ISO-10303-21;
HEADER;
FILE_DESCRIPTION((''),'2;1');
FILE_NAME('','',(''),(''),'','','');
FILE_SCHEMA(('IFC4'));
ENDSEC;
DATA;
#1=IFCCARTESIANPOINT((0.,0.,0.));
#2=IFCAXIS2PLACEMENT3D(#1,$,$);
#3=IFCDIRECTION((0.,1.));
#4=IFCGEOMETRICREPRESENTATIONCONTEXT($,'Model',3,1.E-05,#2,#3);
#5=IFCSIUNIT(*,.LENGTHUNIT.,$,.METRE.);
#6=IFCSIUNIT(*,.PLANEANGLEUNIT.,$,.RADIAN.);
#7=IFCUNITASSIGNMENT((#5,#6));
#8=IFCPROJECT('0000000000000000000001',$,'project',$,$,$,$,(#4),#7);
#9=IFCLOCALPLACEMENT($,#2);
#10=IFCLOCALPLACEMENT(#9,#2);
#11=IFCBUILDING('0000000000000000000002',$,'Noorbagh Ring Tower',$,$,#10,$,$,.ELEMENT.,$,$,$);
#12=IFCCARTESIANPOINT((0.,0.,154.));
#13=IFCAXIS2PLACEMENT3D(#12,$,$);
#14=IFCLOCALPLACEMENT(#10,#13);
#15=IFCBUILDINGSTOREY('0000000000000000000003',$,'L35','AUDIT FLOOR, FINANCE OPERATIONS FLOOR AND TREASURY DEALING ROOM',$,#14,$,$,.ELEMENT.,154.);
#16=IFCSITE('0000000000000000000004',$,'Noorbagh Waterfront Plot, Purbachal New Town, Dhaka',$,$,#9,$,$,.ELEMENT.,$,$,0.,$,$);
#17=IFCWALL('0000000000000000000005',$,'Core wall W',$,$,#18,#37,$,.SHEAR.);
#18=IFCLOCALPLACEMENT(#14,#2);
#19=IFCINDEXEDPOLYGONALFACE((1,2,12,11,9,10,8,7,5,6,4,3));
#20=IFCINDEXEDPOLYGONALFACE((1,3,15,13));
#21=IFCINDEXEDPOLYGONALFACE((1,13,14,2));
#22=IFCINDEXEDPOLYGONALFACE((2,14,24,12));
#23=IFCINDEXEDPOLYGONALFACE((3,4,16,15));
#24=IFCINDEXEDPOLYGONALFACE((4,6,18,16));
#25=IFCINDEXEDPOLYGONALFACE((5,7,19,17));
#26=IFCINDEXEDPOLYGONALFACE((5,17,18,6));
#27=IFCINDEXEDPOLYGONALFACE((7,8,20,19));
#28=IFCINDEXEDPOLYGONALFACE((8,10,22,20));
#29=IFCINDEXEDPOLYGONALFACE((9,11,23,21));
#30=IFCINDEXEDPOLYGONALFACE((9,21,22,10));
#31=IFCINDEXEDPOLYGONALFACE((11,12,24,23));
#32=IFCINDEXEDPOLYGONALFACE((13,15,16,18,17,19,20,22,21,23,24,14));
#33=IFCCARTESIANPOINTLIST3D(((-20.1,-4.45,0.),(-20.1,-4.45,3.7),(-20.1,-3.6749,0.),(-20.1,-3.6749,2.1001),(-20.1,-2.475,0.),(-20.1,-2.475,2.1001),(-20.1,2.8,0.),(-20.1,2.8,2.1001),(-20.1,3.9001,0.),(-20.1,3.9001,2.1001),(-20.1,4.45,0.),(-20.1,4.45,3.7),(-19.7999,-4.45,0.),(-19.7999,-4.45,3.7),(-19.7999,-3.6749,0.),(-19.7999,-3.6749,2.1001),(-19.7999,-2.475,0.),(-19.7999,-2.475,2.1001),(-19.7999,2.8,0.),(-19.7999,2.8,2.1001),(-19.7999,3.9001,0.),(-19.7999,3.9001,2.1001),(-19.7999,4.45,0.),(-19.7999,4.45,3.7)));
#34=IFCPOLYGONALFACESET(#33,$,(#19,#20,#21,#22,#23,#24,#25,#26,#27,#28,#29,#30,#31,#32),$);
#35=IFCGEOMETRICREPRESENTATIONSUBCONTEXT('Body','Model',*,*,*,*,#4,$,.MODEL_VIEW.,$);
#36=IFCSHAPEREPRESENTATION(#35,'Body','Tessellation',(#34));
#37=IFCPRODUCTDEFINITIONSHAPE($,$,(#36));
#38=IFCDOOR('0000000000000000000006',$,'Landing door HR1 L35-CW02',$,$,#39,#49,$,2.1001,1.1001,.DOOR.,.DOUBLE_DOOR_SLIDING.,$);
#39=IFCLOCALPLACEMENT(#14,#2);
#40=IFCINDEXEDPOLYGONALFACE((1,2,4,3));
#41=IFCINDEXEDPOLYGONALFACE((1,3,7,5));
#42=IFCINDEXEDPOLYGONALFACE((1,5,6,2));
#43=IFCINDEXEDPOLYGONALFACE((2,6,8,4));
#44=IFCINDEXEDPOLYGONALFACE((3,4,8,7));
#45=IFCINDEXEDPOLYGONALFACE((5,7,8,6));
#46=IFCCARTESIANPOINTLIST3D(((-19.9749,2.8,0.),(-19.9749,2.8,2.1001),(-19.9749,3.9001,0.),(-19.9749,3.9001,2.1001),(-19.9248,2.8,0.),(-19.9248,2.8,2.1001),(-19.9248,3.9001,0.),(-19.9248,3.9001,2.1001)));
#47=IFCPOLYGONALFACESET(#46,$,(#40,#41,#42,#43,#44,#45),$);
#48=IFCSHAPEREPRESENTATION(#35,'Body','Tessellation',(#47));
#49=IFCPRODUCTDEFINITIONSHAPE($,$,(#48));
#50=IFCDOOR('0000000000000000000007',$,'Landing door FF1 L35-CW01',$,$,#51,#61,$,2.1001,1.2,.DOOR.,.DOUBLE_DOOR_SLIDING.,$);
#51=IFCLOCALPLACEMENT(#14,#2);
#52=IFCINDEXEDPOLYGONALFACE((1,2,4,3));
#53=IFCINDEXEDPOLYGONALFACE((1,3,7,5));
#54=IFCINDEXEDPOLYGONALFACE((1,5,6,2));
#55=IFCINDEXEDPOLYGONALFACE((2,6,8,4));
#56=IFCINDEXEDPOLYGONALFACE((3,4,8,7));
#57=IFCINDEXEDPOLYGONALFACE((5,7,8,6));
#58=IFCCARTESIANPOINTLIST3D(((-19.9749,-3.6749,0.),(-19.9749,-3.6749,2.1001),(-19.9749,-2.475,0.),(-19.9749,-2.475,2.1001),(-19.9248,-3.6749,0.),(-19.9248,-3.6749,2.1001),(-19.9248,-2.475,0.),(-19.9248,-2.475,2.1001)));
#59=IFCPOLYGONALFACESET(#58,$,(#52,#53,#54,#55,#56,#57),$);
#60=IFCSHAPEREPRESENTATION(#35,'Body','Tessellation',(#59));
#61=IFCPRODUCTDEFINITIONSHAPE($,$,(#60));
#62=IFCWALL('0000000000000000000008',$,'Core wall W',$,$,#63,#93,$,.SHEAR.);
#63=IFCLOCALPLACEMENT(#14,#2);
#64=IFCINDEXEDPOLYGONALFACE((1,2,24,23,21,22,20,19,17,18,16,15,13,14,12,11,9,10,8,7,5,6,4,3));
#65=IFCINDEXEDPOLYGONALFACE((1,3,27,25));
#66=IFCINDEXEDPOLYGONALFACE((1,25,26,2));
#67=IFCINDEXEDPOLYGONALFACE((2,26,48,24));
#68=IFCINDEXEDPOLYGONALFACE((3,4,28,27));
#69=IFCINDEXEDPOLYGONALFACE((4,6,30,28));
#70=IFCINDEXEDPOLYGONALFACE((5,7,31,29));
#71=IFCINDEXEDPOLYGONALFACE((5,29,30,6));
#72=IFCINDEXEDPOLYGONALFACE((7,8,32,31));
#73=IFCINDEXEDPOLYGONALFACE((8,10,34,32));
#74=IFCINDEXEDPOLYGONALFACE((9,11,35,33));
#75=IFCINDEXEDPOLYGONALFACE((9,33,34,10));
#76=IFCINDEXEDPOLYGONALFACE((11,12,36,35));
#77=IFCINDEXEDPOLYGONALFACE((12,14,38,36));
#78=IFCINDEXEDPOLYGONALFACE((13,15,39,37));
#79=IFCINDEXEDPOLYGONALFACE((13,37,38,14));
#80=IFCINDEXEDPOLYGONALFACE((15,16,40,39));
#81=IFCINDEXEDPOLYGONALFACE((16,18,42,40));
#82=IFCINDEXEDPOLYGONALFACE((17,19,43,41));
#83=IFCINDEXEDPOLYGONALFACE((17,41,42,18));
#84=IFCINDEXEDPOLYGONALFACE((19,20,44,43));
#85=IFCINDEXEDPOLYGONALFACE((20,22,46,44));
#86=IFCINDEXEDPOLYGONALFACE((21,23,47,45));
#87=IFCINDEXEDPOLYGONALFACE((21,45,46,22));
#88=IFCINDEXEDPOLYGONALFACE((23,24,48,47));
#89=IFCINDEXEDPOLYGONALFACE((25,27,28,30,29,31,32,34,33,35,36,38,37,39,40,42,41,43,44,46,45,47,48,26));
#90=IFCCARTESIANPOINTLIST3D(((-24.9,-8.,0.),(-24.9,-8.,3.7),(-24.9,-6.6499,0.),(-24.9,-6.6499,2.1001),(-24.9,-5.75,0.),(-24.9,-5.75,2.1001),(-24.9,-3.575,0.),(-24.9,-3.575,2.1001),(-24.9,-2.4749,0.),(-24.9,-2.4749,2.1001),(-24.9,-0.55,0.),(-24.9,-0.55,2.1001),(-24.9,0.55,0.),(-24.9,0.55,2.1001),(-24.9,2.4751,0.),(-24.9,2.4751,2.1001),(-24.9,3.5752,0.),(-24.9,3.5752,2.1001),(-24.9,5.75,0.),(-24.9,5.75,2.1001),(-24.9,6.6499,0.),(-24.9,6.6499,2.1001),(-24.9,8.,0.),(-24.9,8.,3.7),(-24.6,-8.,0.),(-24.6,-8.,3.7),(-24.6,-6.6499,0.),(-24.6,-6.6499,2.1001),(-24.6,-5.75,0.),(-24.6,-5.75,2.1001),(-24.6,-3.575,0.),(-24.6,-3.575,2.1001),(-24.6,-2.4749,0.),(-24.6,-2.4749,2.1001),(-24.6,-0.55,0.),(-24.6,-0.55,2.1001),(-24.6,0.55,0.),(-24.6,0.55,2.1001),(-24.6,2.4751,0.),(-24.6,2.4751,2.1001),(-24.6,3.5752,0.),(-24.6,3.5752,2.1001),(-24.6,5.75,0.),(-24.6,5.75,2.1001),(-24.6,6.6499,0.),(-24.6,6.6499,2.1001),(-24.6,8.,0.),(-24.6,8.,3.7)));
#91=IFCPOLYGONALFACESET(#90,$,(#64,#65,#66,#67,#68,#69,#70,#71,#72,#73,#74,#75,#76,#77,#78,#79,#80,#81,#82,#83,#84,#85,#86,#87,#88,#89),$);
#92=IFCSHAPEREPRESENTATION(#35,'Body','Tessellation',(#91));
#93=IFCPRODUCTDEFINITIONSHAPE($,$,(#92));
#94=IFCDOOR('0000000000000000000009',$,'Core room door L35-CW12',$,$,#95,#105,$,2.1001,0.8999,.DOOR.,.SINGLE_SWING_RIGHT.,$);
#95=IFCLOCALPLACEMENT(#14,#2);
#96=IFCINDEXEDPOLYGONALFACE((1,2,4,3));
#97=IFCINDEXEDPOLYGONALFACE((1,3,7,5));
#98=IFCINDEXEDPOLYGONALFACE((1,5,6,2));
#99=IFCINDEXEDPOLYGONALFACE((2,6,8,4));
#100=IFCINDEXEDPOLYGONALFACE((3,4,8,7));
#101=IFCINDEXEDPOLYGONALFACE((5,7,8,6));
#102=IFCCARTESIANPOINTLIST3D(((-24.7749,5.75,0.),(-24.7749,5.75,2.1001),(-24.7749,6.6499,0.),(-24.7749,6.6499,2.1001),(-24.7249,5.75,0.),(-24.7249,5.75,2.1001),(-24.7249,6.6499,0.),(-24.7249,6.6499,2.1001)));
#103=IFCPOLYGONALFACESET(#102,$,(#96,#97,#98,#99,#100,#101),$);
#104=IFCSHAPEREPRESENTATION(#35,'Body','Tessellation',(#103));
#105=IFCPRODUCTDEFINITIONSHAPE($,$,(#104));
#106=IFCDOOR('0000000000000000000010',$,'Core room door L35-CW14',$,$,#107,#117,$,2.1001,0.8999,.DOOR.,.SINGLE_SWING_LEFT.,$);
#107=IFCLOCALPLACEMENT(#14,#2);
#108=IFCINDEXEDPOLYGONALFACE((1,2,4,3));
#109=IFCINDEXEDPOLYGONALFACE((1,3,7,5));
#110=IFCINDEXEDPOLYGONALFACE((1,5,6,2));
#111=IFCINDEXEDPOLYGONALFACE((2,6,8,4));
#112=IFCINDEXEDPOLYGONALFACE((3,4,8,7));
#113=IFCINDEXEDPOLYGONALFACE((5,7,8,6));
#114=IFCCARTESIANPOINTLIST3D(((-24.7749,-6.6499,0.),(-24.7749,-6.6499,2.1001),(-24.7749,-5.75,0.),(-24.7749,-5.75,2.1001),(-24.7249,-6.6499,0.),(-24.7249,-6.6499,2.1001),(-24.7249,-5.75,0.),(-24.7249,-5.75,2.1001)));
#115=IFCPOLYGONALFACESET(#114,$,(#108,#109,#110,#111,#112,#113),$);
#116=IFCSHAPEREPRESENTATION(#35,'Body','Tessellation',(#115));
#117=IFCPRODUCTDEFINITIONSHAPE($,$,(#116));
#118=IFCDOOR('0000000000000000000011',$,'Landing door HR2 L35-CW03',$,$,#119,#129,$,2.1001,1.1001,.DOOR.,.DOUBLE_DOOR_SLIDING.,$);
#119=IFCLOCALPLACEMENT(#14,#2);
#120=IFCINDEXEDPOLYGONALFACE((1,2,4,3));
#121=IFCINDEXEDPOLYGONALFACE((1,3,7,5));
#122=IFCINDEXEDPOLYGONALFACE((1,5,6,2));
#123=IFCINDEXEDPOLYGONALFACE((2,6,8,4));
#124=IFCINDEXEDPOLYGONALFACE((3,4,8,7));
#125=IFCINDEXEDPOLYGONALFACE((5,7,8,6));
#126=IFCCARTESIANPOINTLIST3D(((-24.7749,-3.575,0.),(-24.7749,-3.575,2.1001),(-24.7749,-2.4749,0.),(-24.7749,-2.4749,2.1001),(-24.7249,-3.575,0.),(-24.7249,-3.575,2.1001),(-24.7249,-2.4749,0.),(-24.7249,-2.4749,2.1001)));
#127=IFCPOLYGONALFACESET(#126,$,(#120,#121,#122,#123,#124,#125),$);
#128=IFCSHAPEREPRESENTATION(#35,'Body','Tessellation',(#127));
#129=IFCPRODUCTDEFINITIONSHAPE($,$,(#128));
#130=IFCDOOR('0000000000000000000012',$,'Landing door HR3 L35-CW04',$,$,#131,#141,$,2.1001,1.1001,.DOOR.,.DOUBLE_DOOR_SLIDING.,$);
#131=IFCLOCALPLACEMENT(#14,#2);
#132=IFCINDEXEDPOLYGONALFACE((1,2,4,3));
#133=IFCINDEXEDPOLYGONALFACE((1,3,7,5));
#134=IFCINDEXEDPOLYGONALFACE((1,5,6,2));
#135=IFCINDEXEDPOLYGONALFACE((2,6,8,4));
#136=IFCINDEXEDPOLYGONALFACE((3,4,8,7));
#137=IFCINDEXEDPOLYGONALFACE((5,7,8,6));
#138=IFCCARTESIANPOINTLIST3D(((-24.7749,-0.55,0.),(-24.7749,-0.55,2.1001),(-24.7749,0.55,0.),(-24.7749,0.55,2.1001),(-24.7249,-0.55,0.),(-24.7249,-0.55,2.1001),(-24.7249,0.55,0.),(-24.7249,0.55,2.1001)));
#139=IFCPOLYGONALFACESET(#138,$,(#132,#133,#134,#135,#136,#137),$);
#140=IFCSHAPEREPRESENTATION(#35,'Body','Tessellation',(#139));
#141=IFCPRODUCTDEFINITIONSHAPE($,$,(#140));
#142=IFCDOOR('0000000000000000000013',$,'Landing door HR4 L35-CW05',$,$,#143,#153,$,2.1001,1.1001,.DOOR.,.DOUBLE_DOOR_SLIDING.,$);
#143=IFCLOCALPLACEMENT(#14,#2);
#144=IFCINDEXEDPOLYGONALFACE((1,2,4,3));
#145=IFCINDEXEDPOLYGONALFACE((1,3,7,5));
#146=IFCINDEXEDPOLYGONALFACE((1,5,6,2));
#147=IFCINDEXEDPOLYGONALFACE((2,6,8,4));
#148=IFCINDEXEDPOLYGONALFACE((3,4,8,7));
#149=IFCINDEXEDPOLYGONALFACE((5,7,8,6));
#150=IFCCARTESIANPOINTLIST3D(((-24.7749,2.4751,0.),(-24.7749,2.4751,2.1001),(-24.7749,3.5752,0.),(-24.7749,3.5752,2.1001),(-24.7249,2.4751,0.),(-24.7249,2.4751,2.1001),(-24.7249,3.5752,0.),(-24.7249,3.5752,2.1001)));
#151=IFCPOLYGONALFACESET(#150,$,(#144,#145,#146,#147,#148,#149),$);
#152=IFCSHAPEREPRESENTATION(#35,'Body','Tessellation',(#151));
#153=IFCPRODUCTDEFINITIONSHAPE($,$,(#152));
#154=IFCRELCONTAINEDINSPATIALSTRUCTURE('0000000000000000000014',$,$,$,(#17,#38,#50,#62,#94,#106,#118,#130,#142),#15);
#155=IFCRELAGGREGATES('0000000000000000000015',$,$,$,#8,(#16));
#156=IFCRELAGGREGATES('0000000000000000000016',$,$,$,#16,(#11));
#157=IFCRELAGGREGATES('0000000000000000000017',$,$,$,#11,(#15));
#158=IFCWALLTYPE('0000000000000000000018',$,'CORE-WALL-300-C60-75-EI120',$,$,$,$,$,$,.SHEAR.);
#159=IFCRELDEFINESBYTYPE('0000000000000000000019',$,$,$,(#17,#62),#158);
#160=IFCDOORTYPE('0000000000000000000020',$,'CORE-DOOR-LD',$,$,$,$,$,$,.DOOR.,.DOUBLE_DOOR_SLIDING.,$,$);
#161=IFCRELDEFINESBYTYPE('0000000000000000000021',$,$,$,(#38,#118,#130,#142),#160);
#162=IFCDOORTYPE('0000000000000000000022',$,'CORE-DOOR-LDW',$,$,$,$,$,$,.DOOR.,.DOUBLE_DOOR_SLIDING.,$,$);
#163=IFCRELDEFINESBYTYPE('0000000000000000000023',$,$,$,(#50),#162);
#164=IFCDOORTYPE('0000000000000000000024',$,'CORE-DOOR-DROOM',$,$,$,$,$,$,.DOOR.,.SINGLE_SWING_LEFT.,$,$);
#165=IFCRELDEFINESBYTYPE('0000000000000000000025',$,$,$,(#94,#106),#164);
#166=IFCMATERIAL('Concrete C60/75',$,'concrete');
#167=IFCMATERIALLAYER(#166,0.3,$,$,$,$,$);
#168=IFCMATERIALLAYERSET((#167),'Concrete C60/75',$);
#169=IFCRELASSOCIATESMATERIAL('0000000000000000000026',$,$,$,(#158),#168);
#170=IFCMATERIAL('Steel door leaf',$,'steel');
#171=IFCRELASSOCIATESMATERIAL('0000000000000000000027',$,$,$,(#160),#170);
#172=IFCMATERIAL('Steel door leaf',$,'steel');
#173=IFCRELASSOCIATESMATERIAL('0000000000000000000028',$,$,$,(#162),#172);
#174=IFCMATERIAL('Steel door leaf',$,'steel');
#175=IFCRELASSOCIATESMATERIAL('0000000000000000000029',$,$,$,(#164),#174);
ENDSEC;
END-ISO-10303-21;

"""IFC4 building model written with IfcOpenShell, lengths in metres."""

from ifc_helpers import new_model, si_unit, direction, frame, frame_2d, origin, place, context, subcontext, project, spatial, rectangle, extrude, material, layer, layer_set, type_object, element, fill, save


model = new_model("IFC4")

# Units and contexts
model_context = context("Model", 3, precision=1e-05, world=origin(), true_north=direction((0.0, 1.0)))
body_context = subcontext(model_context, "Body", "Model", "MODEL_VIEW")
ifc_project = project(units=[si_unit("LENGTHUNIT", "METRE"), si_unit("PLANEANGLEUNIT", "RADIAN")], contexts=[model_context])

# Site, building, storey
site_placement = place(None, origin())
site = spatial("IfcSite", under=ifc_project, at=site_placement, Name="Noorbagh Waterfront Plot, Purbachal New Town, Dhaka", CompositionType="ELEMENT", RefElevation=0.0)
building_placement = place(site_placement, origin())
building = spatial("IfcBuilding", under=site, at=building_placement, Name="Noorbagh Ring Tower", CompositionType="ELEMENT")
storey_placement = place(building_placement, frame((0.0, 0.0, 154.0)))
storey = spatial("IfcBuildingStorey", under=building, at=storey_placement, Name="L35", Description="AUDIT FLOOR, FINANCE OPERATIONS FLOOR AND TREASURY DEALING ROOM", CompositionType="ELEMENT", Elevation=154.0)

# Shared definitions
ifc_material_1 = material(Name="Concrete C60/75", Category="concrete")
ifc_layer_1 = layer(ifc_material_1, 0.3)
ifc_layer_set_1 = layer_set([ifc_layer_1], Name="Concrete C60/75")
wall_type_1 = type_object("IfcWallType", Name="CORE-WALL-300-C60-75-EI120", PredefinedType="SHEAR", material=ifc_layer_set_1)

# Walls, openings, doors
wall_1_placement = place(storey_placement, frame((-19.95, -4.45, 0.0), z_axis=(0.0, 0.0, 1.0), x_axis=(0.0, 1.0, 0.0)))
wall_1 = element("IfcWall", 1, at=wall_1_placement, inside=storey, type_object=wall_type_1, Name="Core wall W", PredefinedType="SHEAR", context=body_context, shape_type="SweptSolid", body=[
    extrude(rectangle(XDim=8.8999, YDim=0.3, at=frame_2d((4.45, 0.0))), origin(), (0.0, 0.0, 1.0), 3.7),
])
opening_1_placement = place(wall_1_placement, frame((0.7749, 0.0, 0.0)))
opening_1 = element("IfcOpeningElement", 2, at=opening_1_placement, cuts=wall_1, PredefinedType="OPENING", context=body_context, shape_type="SweptSolid", body=[
    extrude(rectangle(XDim=1.2, YDim=2.1001, at=frame_2d((0.6001, 1.05))), frame((0.0, 0.1602, 0.0), z_axis=(0.0, -1.0, 0.0), x_axis=(1.0, 0.0, 0.0)), (0.0, 0.0, 1.0), 0.3201),
])
opening_2_placement = place(wall_1_placement, frame((7.25, 0.0, 0.0)))
opening_2 = element("IfcOpeningElement", 3, at=opening_2_placement, cuts=wall_1, PredefinedType="OPENING", context=body_context, shape_type="SweptSolid", body=[
    extrude(rectangle(XDim=1.1001, YDim=2.1001, at=frame_2d((0.55, 1.05))), frame((0.0, 0.1602, 0.0), z_axis=(0.0, -1.0, 0.0), x_axis=(1.0, 0.0, 0.0)), (0.0, 0.0, 1.0), 0.3201),
])
ifc_material_2 = material(Name="Steel door leaf", Category="steel")
door_type_1 = type_object("IfcDoorType", Name="CORE-DOOR-LD", OperationType="DOUBLE_DOOR_SLIDING", PredefinedType="DOOR", material=ifc_material_2)
door_1_placement = place(opening_2_placement, origin())
door_1 = element("IfcDoor", 4, at=door_1_placement, inside=storey, type_object=door_type_1, Name="Landing door HR1 L35-CW02", OperationType="DOUBLE_DOOR_SLIDING", OverallHeight=2.1001, OverallWidth=1.1001, PredefinedType="DOOR", context=body_context, shape_type="SweptSolid", body=[
    extrude(rectangle(XDim=1.1001, YDim=2.1001, at=frame_2d((0.55, 1.05))), frame((0.0, 0.0249, 0.0), z_axis=(0.0, -1.0, 0.0), x_axis=(1.0, 0.0, 0.0)), (0.0, 0.0, 1.0), 0.05),
])
fill(opening_2, door_1)
ifc_material_3 = material(Name="Steel door leaf", Category="steel")
door_type_2 = type_object("IfcDoorType", Name="CORE-DOOR-LDW", OperationType="DOUBLE_DOOR_SLIDING", PredefinedType="DOOR", material=ifc_material_3)
door_2_placement = place(opening_1_placement, origin())
door_2 = element("IfcDoor", 5, at=door_2_placement, inside=storey, type_object=door_type_2, Name="Landing door FF1 L35-CW01", OperationType="DOUBLE_DOOR_SLIDING", OverallHeight=2.1001, OverallWidth=1.2, PredefinedType="DOOR", context=body_context, shape_type="SweptSolid", body=[
    extrude(rectangle(XDim=1.2, YDim=2.1001, at=frame_2d((0.6001, 1.05))), frame((0.0, 0.0249, 0.0), z_axis=(0.0, -1.0, 0.0), x_axis=(1.0, 0.0, 0.0)), (0.0, 0.0, 1.0), 0.05),
])
fill(opening_1, door_2)
wall_2_placement = place(storey_placement, frame((-24.75, -8.0, 0.0), z_axis=(0.0, 0.0, 1.0), x_axis=(0.0, 1.0, 0.0)))
wall_2 = element("IfcWall", 6, at=wall_2_placement, inside=storey, type_object=wall_type_1, Name="Core wall W", PredefinedType="SHEAR", context=body_context, shape_type="SweptSolid", body=[
    extrude(rectangle(XDim=16.0, YDim=0.3, at=frame_2d((8.0, 0.0))), origin(), (0.0, 0.0, 1.0), 3.7),
])
opening_3_placement = place(wall_2_placement, frame((4.425, 0.0, 0.0)))
opening_3 = element("IfcOpeningElement", 7, at=opening_3_placement, cuts=wall_2, PredefinedType="OPENING", context=body_context, shape_type="SweptSolid", body=[
    extrude(rectangle(XDim=1.1001, YDim=2.1001, at=frame_2d((0.55, 1.05))), frame((0.0, 0.1602, 0.0), z_axis=(0.0, -1.0, 0.0), x_axis=(1.0, 0.0, 0.0)), (0.0, 0.0, 1.0), 0.3201),
])
opening_4_placement = place(wall_2_placement, frame((7.45, 0.0, 0.0)))
opening_4 = element("IfcOpeningElement", 8, at=opening_4_placement, cuts=wall_2, PredefinedType="OPENING", context=body_context, shape_type="SweptSolid", body=[
    extrude(rectangle(XDim=1.1001, YDim=2.1001, at=frame_2d((0.55, 1.05))), frame((0.0, 0.1602, 0.0), z_axis=(0.0, -1.0, 0.0), x_axis=(1.0, 0.0, 0.0)), (0.0, 0.0, 1.0), 0.3201),
])
opening_5_placement = place(wall_2_placement, frame((10.4751, 0.0, 0.0)))
opening_5 = element("IfcOpeningElement", 9, at=opening_5_placement, cuts=wall_2, PredefinedType="OPENING", context=body_context, shape_type="SweptSolid", body=[
    extrude(rectangle(XDim=1.1001, YDim=2.1001, at=frame_2d((0.55, 1.05))), frame((0.0, 0.1602, 0.0), z_axis=(0.0, -1.0, 0.0), x_axis=(1.0, 0.0, 0.0)), (0.0, 0.0, 1.0), 0.3201),
])
opening_6_placement = place(wall_2_placement, frame((13.75, 0.0, 0.0)))
opening_6 = element("IfcOpeningElement", 10, at=opening_6_placement, cuts=wall_2, PredefinedType="OPENING", context=body_context, shape_type="SweptSolid", body=[
    extrude(rectangle(XDim=0.8999, YDim=2.1001, at=frame_2d((0.45, 1.05))), frame((0.0, 0.1602, 0.0), z_axis=(0.0, -1.0, 0.0), x_axis=(1.0, 0.0, 0.0)), (0.0, 0.0, 1.0), 0.3201),
])
opening_7_placement = place(wall_2_placement, frame((1.3501, 0.0, 0.0)))
opening_7 = element("IfcOpeningElement", 11, at=opening_7_placement, cuts=wall_2, PredefinedType="OPENING", context=body_context, shape_type="SweptSolid", body=[
    extrude(rectangle(XDim=0.8999, YDim=2.1001, at=frame_2d((0.45, 1.05))), frame((0.0, 0.1602, 0.0), z_axis=(0.0, -1.0, 0.0), x_axis=(1.0, 0.0, 0.0)), (0.0, 0.0, 1.0), 0.3201),
])
ifc_material_4 = material(Name="Steel door leaf", Category="steel")
door_type_3 = type_object("IfcDoorType", Name="CORE-DOOR-DROOM", OperationType="SINGLE_SWING_LEFT", PredefinedType="DOOR", material=ifc_material_4)
door_3_placement = place(opening_6_placement, origin())
door_3 = element("IfcDoor", 12, at=door_3_placement, inside=storey, type_object=door_type_3, Name="Core room door L35-CW12", OperationType="SINGLE_SWING_RIGHT", OverallHeight=2.1001, OverallWidth=0.8999, PredefinedType="DOOR", context=body_context, shape_type="SweptSolid", body=[
    extrude(rectangle(XDim=0.8999, YDim=2.1001, at=frame_2d((0.45, 1.05))), frame((0.0, 0.0249, 0.0), z_axis=(0.0, -1.0, 0.0), x_axis=(1.0, 0.0, 0.0)), (0.0, 0.0, 1.0), 0.05),
])
fill(opening_6, door_3)
door_4_placement = place(opening_7_placement, origin())
door_4 = element("IfcDoor", 13, at=door_4_placement, inside=storey, type_object=door_type_3, Name="Core room door L35-CW14", OperationType="SINGLE_SWING_LEFT", OverallHeight=2.1001, OverallWidth=0.8999, PredefinedType="DOOR", context=body_context, shape_type="SweptSolid", body=[
    extrude(rectangle(XDim=0.8999, YDim=2.1001, at=frame_2d((0.45, 1.05))), frame((0.0, 0.0249, 0.0), z_axis=(0.0, -1.0, 0.0), x_axis=(1.0, 0.0, 0.0)), (0.0, 0.0, 1.0), 0.05),
])
fill(opening_7, door_4)
door_5_placement = place(opening_3_placement, origin())
door_5 = element("IfcDoor", 14, at=door_5_placement, inside=storey, type_object=door_type_1, Name="Landing door HR2 L35-CW03", OperationType="DOUBLE_DOOR_SLIDING", OverallHeight=2.1001, OverallWidth=1.1001, PredefinedType="DOOR", context=body_context, shape_type="SweptSolid", body=[
    extrude(rectangle(XDim=1.1001, YDim=2.1001, at=frame_2d((0.55, 1.05))), frame((0.0, 0.0249, 0.0), z_axis=(0.0, -1.0, 0.0), x_axis=(1.0, 0.0, 0.0)), (0.0, 0.0, 1.0), 0.05),
])
fill(opening_3, door_5)
door_6_placement = place(opening_4_placement, origin())
door_6 = element("IfcDoor", 15, at=door_6_placement, inside=storey, type_object=door_type_1, Name="Landing door HR3 L35-CW04", OperationType="DOUBLE_DOOR_SLIDING", OverallHeight=2.1001, OverallWidth=1.1001, PredefinedType="DOOR", context=body_context, shape_type="SweptSolid", body=[
    extrude(rectangle(XDim=1.1001, YDim=2.1001, at=frame_2d((0.55, 1.05))), frame((0.0, 0.0249, 0.0), z_axis=(0.0, -1.0, 0.0), x_axis=(1.0, 0.0, 0.0)), (0.0, 0.0, 1.0), 0.05),
])
fill(opening_4, door_6)
door_7_placement = place(opening_5_placement, origin())
door_7 = element("IfcDoor", 16, at=door_7_placement, inside=storey, type_object=door_type_1, Name="Landing door HR4 L35-CW05", OperationType="DOUBLE_DOOR_SLIDING", OverallHeight=2.1001, OverallWidth=1.1001, PredefinedType="DOOR", context=body_context, shape_type="SweptSolid", body=[
    extrude(rectangle(XDim=1.1001, YDim=2.1001, at=frame_2d((0.55, 1.05))), frame((0.0, 0.0249, 0.0), z_axis=(0.0, -1.0, 0.0), x_axis=(1.0, 0.0, 0.0)), (0.0, 0.0, 1.0), 0.05),
])
fill(opening_5, door_7)

save(model, "model.ifc")
